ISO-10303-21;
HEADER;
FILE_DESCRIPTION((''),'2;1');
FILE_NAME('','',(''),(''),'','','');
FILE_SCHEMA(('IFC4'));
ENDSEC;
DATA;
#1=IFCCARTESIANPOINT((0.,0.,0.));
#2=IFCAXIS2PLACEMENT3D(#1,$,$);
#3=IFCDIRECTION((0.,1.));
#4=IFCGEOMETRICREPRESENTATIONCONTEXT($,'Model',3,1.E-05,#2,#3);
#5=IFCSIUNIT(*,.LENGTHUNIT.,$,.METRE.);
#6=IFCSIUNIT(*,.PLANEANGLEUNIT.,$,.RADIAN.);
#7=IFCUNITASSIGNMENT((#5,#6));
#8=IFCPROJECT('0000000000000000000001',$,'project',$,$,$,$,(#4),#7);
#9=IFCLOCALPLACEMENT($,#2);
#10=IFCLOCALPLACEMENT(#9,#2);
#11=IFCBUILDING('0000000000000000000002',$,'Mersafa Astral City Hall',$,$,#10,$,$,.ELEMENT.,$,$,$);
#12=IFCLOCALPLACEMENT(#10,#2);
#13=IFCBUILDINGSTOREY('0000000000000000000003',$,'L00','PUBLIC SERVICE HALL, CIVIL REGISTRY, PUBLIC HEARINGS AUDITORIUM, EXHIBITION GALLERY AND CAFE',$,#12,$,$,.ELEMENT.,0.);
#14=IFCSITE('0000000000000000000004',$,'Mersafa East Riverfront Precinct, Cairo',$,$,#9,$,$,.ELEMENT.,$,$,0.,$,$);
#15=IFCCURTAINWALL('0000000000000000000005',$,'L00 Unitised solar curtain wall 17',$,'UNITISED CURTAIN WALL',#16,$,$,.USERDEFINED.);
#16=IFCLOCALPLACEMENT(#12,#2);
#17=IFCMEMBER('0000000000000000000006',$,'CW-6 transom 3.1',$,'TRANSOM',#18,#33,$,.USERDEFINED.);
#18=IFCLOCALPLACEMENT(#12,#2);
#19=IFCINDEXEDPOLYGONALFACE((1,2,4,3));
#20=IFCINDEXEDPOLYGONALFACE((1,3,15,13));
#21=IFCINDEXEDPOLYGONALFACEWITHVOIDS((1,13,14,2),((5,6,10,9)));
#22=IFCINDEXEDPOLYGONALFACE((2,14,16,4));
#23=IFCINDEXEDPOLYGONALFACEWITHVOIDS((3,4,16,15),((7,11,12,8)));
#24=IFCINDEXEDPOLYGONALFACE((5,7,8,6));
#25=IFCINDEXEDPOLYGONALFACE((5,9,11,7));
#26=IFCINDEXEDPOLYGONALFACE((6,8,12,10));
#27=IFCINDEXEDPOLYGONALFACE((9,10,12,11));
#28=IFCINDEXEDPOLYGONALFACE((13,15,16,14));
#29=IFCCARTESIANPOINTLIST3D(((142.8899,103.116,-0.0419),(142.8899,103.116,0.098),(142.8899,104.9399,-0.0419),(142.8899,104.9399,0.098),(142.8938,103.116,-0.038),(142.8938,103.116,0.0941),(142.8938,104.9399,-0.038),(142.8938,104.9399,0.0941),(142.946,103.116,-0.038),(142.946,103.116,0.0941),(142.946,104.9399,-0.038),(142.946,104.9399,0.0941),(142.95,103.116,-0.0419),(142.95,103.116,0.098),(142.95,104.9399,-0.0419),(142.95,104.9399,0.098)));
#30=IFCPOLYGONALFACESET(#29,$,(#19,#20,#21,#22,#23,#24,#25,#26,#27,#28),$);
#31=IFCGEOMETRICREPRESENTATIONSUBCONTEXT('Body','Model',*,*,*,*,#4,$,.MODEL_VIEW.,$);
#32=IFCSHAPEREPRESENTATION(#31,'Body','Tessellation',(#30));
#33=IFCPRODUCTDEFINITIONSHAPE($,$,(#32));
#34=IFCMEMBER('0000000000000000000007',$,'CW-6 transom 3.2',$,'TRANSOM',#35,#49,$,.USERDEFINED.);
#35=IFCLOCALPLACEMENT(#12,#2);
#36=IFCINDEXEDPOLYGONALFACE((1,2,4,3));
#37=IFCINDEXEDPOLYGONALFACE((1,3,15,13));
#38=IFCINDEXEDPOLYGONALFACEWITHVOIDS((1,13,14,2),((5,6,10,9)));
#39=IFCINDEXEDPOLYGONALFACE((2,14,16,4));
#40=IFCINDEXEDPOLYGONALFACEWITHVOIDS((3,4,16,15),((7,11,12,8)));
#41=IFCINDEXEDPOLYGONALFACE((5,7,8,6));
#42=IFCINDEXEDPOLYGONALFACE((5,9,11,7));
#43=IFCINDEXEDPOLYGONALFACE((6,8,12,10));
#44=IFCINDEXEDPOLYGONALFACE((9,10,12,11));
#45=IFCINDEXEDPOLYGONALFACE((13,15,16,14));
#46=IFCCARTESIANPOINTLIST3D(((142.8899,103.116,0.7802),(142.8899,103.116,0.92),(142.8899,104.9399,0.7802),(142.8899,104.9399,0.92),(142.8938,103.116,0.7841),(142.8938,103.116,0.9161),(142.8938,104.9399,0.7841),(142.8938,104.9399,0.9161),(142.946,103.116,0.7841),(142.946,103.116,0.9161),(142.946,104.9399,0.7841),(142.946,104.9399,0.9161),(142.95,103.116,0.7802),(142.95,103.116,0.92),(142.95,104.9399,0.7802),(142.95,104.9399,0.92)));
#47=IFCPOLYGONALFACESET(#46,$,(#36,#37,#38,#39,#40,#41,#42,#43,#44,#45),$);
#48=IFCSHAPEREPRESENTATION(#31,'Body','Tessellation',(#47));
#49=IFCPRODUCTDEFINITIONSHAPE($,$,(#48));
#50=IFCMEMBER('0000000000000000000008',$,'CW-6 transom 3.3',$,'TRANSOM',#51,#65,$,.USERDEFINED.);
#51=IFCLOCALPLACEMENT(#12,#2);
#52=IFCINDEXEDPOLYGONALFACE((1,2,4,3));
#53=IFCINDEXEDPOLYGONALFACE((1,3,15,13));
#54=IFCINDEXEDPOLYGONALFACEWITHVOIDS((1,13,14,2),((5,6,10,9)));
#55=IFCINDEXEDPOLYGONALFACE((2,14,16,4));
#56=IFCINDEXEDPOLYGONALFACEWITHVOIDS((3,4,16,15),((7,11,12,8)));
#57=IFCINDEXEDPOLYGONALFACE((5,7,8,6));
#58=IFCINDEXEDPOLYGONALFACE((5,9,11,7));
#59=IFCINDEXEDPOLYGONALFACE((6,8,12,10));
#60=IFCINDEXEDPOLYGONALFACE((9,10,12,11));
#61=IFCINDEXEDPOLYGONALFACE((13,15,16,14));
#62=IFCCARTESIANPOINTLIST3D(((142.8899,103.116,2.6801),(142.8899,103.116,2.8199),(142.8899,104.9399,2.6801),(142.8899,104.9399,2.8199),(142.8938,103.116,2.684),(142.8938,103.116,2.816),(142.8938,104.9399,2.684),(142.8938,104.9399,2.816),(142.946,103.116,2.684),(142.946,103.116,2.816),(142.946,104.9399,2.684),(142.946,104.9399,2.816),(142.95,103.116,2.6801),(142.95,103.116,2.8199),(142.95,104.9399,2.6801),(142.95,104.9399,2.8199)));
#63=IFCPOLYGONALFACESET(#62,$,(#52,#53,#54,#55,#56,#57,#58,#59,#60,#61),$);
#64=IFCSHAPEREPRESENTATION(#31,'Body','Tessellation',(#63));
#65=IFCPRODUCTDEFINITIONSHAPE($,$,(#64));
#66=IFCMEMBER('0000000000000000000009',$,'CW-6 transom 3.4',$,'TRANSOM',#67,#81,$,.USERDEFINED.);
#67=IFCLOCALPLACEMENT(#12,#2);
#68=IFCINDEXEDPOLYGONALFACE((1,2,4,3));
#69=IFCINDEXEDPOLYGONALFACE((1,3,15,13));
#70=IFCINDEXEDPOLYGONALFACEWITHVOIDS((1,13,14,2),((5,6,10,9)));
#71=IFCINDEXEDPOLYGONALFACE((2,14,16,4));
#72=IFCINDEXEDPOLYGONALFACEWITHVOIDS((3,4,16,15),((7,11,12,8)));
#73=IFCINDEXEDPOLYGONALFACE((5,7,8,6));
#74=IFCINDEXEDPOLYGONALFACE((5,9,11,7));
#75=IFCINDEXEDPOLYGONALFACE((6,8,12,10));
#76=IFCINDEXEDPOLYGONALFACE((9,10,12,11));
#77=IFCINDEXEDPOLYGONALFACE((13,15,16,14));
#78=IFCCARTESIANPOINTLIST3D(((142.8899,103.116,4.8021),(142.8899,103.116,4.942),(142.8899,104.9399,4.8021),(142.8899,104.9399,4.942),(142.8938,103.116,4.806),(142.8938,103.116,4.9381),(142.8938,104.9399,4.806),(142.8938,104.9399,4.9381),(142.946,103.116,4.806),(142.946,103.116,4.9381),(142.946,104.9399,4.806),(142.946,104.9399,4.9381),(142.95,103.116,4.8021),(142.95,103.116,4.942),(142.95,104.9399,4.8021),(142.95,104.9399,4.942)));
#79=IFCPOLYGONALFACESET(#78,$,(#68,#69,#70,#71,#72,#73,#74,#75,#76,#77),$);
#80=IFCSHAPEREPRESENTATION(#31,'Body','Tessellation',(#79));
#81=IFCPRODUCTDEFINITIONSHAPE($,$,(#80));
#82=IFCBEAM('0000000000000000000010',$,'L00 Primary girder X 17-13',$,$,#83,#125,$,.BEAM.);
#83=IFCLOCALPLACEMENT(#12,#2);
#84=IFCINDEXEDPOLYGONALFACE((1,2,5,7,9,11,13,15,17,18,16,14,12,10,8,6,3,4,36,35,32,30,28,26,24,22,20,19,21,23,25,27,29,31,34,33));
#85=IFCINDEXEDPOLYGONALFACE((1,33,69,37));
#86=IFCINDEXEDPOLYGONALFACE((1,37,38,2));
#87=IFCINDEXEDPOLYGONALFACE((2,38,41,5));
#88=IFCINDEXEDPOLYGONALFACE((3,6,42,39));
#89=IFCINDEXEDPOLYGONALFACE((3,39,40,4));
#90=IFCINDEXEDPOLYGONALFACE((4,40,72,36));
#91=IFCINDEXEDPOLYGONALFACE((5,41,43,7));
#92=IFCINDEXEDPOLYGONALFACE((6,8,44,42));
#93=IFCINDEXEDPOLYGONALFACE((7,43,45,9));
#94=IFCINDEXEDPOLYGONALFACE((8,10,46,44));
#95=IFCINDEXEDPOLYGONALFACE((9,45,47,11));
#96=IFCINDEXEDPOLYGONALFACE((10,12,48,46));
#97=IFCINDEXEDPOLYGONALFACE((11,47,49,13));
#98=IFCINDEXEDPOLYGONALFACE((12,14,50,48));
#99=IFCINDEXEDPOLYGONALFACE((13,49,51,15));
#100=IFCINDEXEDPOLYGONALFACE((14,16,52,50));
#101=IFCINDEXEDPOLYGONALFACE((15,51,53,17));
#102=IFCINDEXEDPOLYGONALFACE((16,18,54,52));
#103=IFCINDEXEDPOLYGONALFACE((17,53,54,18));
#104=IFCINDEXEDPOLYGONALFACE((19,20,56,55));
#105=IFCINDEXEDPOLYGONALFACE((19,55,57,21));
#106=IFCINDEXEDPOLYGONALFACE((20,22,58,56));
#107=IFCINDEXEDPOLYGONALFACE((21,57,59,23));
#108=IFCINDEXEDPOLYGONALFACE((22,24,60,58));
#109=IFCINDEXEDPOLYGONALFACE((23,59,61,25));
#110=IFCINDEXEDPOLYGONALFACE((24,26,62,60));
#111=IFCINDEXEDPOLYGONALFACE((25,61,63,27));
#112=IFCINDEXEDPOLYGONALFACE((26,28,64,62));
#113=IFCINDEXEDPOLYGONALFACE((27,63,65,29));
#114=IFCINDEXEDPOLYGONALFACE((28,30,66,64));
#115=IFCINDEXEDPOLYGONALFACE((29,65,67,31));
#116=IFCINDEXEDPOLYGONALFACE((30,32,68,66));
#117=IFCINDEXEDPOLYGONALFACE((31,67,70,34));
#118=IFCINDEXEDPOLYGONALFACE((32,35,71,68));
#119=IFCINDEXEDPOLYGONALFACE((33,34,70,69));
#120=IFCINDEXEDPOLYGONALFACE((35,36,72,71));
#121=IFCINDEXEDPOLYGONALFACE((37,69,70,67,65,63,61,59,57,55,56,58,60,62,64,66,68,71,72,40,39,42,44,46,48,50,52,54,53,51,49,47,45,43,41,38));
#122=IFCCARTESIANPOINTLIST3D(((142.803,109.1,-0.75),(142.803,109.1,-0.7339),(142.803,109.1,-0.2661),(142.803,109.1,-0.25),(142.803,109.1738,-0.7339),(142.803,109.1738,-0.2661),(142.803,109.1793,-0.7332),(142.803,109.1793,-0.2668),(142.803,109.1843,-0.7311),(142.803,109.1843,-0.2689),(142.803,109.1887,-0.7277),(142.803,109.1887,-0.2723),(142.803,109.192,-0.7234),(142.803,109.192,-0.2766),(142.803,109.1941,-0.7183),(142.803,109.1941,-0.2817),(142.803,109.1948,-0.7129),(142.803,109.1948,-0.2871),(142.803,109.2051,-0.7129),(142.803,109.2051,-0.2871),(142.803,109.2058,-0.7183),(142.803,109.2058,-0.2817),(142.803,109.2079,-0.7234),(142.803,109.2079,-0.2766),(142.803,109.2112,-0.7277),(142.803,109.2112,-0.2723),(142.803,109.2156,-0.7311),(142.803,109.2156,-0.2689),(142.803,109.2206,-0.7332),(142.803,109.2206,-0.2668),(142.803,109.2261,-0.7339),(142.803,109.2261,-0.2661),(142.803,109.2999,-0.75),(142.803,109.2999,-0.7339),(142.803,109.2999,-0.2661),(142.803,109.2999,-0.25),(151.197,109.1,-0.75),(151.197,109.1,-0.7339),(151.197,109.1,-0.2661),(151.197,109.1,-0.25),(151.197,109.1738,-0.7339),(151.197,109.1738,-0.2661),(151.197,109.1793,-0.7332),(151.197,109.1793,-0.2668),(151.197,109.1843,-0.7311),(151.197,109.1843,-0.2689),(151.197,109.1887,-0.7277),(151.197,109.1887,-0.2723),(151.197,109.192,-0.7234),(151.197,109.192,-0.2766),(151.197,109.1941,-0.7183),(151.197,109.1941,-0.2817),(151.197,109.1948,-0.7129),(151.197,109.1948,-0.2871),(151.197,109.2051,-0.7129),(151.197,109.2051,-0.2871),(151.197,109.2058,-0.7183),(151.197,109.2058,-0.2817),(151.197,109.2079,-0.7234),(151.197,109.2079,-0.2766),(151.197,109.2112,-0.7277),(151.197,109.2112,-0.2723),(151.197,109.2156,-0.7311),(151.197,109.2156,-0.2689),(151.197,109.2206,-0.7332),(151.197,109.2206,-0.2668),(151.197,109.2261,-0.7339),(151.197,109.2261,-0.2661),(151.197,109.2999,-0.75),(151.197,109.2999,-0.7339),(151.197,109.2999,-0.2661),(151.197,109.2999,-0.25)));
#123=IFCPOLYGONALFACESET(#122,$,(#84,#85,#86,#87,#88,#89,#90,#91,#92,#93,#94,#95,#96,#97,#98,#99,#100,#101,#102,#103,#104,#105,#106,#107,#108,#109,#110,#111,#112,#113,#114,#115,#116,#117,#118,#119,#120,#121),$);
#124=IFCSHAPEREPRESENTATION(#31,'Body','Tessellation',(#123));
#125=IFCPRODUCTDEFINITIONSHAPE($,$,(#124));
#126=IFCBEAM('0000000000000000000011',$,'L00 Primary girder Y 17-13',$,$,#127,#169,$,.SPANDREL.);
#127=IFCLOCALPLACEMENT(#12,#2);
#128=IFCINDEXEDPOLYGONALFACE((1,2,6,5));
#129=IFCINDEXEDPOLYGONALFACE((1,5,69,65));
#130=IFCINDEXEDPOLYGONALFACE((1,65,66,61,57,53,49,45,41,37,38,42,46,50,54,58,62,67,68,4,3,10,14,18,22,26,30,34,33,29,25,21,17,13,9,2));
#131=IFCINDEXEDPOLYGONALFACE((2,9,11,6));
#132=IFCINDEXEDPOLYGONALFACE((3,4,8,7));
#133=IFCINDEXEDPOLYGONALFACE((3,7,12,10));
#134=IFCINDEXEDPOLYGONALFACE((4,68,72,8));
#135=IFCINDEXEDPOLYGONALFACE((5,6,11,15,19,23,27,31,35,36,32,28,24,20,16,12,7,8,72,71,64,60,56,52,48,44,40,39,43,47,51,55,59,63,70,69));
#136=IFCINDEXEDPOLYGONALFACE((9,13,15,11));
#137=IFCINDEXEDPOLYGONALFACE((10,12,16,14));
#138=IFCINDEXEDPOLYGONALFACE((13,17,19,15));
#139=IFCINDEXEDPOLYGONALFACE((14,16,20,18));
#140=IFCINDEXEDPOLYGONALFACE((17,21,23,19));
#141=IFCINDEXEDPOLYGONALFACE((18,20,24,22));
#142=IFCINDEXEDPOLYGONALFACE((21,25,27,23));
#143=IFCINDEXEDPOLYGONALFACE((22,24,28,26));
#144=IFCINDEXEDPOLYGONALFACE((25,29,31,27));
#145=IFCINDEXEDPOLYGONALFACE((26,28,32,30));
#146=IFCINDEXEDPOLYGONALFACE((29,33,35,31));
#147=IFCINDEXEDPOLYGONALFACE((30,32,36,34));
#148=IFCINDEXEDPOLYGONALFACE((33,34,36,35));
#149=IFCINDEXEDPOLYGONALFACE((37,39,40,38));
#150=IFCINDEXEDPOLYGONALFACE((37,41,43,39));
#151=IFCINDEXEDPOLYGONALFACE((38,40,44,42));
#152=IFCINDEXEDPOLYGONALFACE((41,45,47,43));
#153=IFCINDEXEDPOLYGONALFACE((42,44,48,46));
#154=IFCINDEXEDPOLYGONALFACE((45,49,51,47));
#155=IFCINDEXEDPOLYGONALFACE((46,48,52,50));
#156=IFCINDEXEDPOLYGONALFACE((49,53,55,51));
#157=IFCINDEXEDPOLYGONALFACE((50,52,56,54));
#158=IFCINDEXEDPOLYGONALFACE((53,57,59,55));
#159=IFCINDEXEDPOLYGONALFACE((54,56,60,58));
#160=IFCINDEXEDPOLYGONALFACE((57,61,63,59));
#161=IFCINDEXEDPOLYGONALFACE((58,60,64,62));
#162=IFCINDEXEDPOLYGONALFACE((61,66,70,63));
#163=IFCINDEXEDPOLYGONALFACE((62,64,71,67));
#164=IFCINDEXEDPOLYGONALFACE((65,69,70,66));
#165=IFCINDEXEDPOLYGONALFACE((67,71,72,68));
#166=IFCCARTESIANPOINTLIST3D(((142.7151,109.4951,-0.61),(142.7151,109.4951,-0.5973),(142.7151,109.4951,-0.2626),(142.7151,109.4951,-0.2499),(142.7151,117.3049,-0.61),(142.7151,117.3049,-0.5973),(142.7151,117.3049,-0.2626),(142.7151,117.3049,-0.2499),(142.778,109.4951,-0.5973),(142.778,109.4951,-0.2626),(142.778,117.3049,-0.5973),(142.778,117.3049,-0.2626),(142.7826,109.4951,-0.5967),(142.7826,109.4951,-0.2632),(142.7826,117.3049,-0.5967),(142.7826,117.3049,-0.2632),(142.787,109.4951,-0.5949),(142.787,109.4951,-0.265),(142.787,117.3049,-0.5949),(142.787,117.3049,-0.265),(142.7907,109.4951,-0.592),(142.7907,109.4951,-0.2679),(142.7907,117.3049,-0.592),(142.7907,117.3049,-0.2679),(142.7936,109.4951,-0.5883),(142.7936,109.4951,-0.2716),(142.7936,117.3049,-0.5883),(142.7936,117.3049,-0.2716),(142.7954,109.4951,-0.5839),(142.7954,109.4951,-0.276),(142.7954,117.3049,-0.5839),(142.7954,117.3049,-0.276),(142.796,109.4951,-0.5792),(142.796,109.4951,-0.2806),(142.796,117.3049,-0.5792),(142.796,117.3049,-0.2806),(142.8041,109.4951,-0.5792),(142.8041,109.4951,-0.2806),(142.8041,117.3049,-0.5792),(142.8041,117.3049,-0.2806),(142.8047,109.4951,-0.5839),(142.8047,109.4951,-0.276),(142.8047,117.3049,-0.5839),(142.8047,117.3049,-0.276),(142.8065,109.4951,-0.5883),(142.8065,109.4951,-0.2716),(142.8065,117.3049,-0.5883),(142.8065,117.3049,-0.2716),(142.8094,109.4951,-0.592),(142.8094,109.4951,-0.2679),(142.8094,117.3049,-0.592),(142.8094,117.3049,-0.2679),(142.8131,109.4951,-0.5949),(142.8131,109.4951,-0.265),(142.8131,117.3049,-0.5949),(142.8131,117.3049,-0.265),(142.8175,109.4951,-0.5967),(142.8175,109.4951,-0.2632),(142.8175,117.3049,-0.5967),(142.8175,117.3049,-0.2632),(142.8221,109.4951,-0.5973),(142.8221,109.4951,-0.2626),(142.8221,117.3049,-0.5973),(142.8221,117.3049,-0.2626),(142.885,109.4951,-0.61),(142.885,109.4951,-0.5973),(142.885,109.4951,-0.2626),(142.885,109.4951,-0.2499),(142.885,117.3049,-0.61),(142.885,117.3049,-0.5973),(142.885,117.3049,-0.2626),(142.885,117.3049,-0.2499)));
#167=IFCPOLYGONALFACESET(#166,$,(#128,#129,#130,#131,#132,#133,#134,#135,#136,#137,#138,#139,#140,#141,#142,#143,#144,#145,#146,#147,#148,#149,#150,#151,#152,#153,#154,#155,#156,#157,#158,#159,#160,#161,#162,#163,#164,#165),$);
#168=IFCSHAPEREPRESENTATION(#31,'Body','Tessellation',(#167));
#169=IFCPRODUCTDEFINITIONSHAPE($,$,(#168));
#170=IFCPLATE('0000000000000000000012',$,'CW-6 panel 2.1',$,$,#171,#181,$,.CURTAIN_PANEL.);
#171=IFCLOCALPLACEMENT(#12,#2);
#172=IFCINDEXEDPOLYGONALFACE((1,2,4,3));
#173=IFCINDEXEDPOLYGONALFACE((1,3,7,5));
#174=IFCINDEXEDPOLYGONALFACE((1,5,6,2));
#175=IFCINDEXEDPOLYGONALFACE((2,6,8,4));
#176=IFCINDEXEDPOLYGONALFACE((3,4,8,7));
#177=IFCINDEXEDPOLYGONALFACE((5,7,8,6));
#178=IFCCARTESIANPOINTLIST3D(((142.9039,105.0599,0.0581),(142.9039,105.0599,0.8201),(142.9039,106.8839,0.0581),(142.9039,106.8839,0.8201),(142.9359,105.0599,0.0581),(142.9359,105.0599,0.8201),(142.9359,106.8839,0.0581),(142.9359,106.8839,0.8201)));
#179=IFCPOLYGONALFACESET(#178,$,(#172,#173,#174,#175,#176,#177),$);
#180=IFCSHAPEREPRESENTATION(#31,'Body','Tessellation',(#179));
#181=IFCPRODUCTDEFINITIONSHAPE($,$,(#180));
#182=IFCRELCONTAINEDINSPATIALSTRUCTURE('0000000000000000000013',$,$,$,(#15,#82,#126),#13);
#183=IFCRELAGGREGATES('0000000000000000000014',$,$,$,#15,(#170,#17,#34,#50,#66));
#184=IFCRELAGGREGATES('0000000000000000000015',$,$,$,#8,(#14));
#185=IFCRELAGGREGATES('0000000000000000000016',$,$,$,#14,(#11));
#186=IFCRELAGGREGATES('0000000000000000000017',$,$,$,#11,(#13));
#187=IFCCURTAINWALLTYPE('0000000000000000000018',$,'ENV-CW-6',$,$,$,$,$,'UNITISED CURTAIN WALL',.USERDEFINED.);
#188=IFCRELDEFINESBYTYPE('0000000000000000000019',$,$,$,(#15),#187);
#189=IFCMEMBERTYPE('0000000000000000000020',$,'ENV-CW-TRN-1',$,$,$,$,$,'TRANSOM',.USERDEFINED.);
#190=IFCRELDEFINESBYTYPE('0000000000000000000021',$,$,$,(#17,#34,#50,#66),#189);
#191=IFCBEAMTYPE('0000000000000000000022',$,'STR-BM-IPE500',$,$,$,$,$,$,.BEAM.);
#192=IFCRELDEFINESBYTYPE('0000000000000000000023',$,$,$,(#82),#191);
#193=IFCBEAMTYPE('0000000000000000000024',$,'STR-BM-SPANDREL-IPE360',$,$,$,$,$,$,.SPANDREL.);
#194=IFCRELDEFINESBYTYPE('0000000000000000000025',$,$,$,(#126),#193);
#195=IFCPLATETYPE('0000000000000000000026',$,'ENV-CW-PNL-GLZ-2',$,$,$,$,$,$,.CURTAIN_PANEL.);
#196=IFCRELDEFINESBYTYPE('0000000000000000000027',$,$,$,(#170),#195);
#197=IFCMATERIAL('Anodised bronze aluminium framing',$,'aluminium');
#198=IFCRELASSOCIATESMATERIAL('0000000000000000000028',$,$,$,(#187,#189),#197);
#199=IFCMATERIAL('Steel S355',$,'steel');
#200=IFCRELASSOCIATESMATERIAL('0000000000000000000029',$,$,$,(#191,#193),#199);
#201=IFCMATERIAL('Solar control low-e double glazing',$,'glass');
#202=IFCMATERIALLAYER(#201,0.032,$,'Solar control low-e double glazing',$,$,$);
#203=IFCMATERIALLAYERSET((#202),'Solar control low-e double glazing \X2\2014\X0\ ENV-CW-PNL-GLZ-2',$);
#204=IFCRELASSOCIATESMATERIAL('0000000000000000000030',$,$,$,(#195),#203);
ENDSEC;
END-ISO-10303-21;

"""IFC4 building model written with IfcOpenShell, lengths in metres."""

from ifc_helpers import new_model, si_unit, direction, frame, origin, origin_2d, place, context, subcontext, project, spatial, rectangle, hollow_rectangle, i_section, extrude, material, layer, layer_set, material_profile, profile_set, type_object, element, aggregate, save


model = new_model("IFC4")

# Units and contexts
model_context = context("Model", 3, precision=1e-05, world=origin(), true_north=direction((0.0, 1.0)))
body_context = subcontext(model_context, "Body", "Model", "MODEL_VIEW")
ifc_project = project(units=[si_unit("LENGTHUNIT", "METRE"), si_unit("PLANEANGLEUNIT", "RADIAN")], contexts=[model_context])

# Site, building, storey
site_placement = place(None, origin())
site = spatial("IfcSite", under=ifc_project, at=site_placement, Name="Mersafa East Riverfront Precinct, Cairo", CompositionType="ELEMENT", RefElevation=0.0)
building_placement = place(site_placement, origin())
building = spatial("IfcBuilding", under=site, at=building_placement, Name="Mersafa Astral City Hall", CompositionType="ELEMENT")
storey_placement = place(building_placement, origin())
storey = spatial("IfcBuildingStorey", under=building, at=storey_placement, Name="L00", Description="PUBLIC SERVICE HALL, CIVIL REGISTRY, PUBLIC HEARINGS AUDITORIUM, EXHIBITION GALLERY AND CAFE", CompositionType="ELEMENT", Elevation=0.0)

# Shared definitions
ifc_material_1 = material(Name="Steel S355", Category="steel")

# Curtain wall, members
ifc_material_2 = material(Name="Anodised bronze aluminium framing", Category="aluminium")
curtain_wall_type = type_object("IfcCurtainWallType", Name="ENV-CW-6", ElementType="UNITISED CURTAIN WALL", PredefinedType="USERDEFINED", material=ifc_material_2)
curtain_wall_placement = place(storey_placement, origin())
curtain_wall = element("IfcCurtainWall", 1, at=curtain_wall_placement, inside=storey, type_object=curtain_wall_type, Name="L00 Unitised solar curtain wall 17", ObjectType="UNITISED CURTAIN WALL", PredefinedType="USERDEFINED")
ifc_material_profile_1 = material_profile(ifc_material_2, hollow_rectangle(XDim=0.0601, YDim=0.1399, WallThickness=0.0039, at=origin_2d()), Name="RHS 60x140x4")
ifc_profile_set_1 = profile_set([ifc_material_profile_1], Name="Anodised bronze aluminium framing")
member_type_1 = type_object("IfcMemberType", Name="ENV-CW-TRN-1", ElementType="TRANSOM", PredefinedType="USERDEFINED", material=ifc_profile_set_1)
member_1_placement = place(storey_placement, frame((142.9199, 104.9399, 0.0281), z_axis=(0.0, -1.0, 0.0), x_axis=(1.0, 0.0, 0.0)))
member_1 = element("IfcMember", 2, at=member_1_placement, type_object=member_type_1, Name="CW-6 transom 3.1", ObjectType="TRANSOM", PredefinedType="USERDEFINED", context=body_context, shape_type="SweptSolid", body=[
    extrude(hollow_rectangle(XDim=0.0601, YDim=0.1399, WallThickness=0.0039, at=origin_2d()), origin(), (0.0, 0.0, 1.0), 1.824),
])
member_2_placement = place(storey_placement, frame((142.9199, 104.9399, 0.8501), z_axis=(0.0, -1.0, 0.0), x_axis=(1.0, 0.0, 0.0)))
member_2 = element("IfcMember", 3, at=member_2_placement, type_object=member_type_1, Name="CW-6 transom 3.2", ObjectType="TRANSOM", PredefinedType="USERDEFINED", context=body_context, shape_type="SweptSolid", body=[
    extrude(hollow_rectangle(XDim=0.0601, YDim=0.1399, WallThickness=0.0039, at=origin_2d()), origin(), (0.0, 0.0, 1.0), 1.824),
])
member_3_placement = place(storey_placement, frame((142.9199, 104.9399, 2.75), z_axis=(0.0, -1.0, 0.0), x_axis=(1.0, 0.0, 0.0)))
member_3 = element("IfcMember", 4, at=member_3_placement, type_object=member_type_1, Name="CW-6 transom 3.3", ObjectType="TRANSOM", PredefinedType="USERDEFINED", context=body_context, shape_type="SweptSolid", body=[
    extrude(hollow_rectangle(XDim=0.0601, YDim=0.1399, WallThickness=0.0039, at=origin_2d()), origin(), (0.0, 0.0, 1.0), 1.824),
])
member_4_placement = place(storey_placement, frame((142.9199, 104.9399, 4.8721), z_axis=(0.0, -1.0, 0.0), x_axis=(1.0, 0.0, 0.0)))
member_4 = element("IfcMember", 5, at=member_4_placement, type_object=member_type_1, Name="CW-6 transom 3.4", ObjectType="TRANSOM", PredefinedType="USERDEFINED", context=body_context, shape_type="SweptSolid", body=[
    extrude(hollow_rectangle(XDim=0.0601, YDim=0.1399, WallThickness=0.0039, at=origin_2d()), origin(), (0.0, 0.0, 1.0), 1.824),
])

# Beams
ifc_material_profile_2 = material_profile(ifc_material_1, i_section(OverallWidth=0.2, OverallDepth=0.5, WebThickness=0.0103, FlangeThickness=0.0161, FilletRadius=0.021, at=origin_2d()), Name="IPE 500")
ifc_profile_set_2 = profile_set([ifc_material_profile_2], Name="Steel S355")
beam_type_1 = type_object("IfcBeamType", Name="STR-BM-IPE500", PredefinedType="BEAM", material=ifc_profile_set_2)
beam_1_placement = place(storey_placement, frame((142.803, 109.2, -0.5), z_axis=(1.0, 0.0, 0.0), x_axis=(0.0, 1.0, 0.0)))
element("IfcBeam", 6, at=beam_1_placement, inside=storey, type_object=beam_type_1, Name="L00 Primary girder X 17-13", PredefinedType="BEAM", context=body_context, shape_type="SweptSolid", body=[
    extrude(i_section(OverallWidth=0.2, OverallDepth=0.5, WebThickness=0.0103, FlangeThickness=0.0161, FilletRadius=0.021, at=origin_2d()), origin(), (0.0, 0.0, 1.0), 8.394),
])
ifc_material_profile_3 = material_profile(ifc_material_1, i_section(OverallWidth=0.1699, OverallDepth=0.3601, WebThickness=0.0081, FlangeThickness=0.0127, FilletRadius=0.0181, at=origin_2d()), Name="IPE 360")
ifc_profile_set_3 = profile_set([ifc_material_profile_3], Name="Steel S355")
beam_type_2 = type_object("IfcBeamType", Name="STR-BM-SPANDREL-IPE360", PredefinedType="SPANDREL", material=ifc_profile_set_3)
beam_2_placement = place(storey_placement, frame((142.8, 109.4951, -0.4299), z_axis=(0.0, 1.0, 0.0), x_axis=(-1.0, 0.0, 0.0)))
element("IfcBeam", 7, at=beam_2_placement, inside=storey, type_object=beam_type_2, Name="L00 Primary girder Y 17-13", PredefinedType="SPANDREL", context=body_context, shape_type="SweptSolid", body=[
    extrude(i_section(OverallWidth=0.1699, OverallDepth=0.3601, WebThickness=0.0081, FlangeThickness=0.0127, FilletRadius=0.0181, at=origin_2d()), origin(), (0.0, 0.0, 1.0), 7.8098),
])

# Plate
ifc_material_3 = material(Name="Solar control low-e double glazing", Category="glass")
ifc_layer = layer(ifc_material_3, 0.032, Name="Solar control low-e double glazing")
ifc_layer_set = layer_set([ifc_layer], Name="Solar control low-e double glazing — ENV-CW-PNL-GLZ-2")
plate_type = type_object("IfcPlateType", Name="ENV-CW-PNL-GLZ-2", PredefinedType="CURTAIN_PANEL", material=ifc_layer_set)
plate_1_placement = place(storey_placement, frame((142.9199, 105.9719, 0.0581), z_axis=(0.0, 0.0, 1.0), x_axis=(0.0, -1.0, 0.0)))
plate_1 = element("IfcPlate", 8, at=plate_1_placement, type_object=plate_type, Name="CW-6 panel 2.1", PredefinedType="CURTAIN_PANEL", context=body_context, shape_type="SweptSolid", body=[
    extrude(rectangle(XDim=1.824, YDim=0.032, at=origin_2d()), origin(), (0.0, 0.0, 1.0), 0.762),
])
aggregate(curtain_wall, [plate_1, member_1, member_2, member_3, member_4])

save(model, "model.ifc")
